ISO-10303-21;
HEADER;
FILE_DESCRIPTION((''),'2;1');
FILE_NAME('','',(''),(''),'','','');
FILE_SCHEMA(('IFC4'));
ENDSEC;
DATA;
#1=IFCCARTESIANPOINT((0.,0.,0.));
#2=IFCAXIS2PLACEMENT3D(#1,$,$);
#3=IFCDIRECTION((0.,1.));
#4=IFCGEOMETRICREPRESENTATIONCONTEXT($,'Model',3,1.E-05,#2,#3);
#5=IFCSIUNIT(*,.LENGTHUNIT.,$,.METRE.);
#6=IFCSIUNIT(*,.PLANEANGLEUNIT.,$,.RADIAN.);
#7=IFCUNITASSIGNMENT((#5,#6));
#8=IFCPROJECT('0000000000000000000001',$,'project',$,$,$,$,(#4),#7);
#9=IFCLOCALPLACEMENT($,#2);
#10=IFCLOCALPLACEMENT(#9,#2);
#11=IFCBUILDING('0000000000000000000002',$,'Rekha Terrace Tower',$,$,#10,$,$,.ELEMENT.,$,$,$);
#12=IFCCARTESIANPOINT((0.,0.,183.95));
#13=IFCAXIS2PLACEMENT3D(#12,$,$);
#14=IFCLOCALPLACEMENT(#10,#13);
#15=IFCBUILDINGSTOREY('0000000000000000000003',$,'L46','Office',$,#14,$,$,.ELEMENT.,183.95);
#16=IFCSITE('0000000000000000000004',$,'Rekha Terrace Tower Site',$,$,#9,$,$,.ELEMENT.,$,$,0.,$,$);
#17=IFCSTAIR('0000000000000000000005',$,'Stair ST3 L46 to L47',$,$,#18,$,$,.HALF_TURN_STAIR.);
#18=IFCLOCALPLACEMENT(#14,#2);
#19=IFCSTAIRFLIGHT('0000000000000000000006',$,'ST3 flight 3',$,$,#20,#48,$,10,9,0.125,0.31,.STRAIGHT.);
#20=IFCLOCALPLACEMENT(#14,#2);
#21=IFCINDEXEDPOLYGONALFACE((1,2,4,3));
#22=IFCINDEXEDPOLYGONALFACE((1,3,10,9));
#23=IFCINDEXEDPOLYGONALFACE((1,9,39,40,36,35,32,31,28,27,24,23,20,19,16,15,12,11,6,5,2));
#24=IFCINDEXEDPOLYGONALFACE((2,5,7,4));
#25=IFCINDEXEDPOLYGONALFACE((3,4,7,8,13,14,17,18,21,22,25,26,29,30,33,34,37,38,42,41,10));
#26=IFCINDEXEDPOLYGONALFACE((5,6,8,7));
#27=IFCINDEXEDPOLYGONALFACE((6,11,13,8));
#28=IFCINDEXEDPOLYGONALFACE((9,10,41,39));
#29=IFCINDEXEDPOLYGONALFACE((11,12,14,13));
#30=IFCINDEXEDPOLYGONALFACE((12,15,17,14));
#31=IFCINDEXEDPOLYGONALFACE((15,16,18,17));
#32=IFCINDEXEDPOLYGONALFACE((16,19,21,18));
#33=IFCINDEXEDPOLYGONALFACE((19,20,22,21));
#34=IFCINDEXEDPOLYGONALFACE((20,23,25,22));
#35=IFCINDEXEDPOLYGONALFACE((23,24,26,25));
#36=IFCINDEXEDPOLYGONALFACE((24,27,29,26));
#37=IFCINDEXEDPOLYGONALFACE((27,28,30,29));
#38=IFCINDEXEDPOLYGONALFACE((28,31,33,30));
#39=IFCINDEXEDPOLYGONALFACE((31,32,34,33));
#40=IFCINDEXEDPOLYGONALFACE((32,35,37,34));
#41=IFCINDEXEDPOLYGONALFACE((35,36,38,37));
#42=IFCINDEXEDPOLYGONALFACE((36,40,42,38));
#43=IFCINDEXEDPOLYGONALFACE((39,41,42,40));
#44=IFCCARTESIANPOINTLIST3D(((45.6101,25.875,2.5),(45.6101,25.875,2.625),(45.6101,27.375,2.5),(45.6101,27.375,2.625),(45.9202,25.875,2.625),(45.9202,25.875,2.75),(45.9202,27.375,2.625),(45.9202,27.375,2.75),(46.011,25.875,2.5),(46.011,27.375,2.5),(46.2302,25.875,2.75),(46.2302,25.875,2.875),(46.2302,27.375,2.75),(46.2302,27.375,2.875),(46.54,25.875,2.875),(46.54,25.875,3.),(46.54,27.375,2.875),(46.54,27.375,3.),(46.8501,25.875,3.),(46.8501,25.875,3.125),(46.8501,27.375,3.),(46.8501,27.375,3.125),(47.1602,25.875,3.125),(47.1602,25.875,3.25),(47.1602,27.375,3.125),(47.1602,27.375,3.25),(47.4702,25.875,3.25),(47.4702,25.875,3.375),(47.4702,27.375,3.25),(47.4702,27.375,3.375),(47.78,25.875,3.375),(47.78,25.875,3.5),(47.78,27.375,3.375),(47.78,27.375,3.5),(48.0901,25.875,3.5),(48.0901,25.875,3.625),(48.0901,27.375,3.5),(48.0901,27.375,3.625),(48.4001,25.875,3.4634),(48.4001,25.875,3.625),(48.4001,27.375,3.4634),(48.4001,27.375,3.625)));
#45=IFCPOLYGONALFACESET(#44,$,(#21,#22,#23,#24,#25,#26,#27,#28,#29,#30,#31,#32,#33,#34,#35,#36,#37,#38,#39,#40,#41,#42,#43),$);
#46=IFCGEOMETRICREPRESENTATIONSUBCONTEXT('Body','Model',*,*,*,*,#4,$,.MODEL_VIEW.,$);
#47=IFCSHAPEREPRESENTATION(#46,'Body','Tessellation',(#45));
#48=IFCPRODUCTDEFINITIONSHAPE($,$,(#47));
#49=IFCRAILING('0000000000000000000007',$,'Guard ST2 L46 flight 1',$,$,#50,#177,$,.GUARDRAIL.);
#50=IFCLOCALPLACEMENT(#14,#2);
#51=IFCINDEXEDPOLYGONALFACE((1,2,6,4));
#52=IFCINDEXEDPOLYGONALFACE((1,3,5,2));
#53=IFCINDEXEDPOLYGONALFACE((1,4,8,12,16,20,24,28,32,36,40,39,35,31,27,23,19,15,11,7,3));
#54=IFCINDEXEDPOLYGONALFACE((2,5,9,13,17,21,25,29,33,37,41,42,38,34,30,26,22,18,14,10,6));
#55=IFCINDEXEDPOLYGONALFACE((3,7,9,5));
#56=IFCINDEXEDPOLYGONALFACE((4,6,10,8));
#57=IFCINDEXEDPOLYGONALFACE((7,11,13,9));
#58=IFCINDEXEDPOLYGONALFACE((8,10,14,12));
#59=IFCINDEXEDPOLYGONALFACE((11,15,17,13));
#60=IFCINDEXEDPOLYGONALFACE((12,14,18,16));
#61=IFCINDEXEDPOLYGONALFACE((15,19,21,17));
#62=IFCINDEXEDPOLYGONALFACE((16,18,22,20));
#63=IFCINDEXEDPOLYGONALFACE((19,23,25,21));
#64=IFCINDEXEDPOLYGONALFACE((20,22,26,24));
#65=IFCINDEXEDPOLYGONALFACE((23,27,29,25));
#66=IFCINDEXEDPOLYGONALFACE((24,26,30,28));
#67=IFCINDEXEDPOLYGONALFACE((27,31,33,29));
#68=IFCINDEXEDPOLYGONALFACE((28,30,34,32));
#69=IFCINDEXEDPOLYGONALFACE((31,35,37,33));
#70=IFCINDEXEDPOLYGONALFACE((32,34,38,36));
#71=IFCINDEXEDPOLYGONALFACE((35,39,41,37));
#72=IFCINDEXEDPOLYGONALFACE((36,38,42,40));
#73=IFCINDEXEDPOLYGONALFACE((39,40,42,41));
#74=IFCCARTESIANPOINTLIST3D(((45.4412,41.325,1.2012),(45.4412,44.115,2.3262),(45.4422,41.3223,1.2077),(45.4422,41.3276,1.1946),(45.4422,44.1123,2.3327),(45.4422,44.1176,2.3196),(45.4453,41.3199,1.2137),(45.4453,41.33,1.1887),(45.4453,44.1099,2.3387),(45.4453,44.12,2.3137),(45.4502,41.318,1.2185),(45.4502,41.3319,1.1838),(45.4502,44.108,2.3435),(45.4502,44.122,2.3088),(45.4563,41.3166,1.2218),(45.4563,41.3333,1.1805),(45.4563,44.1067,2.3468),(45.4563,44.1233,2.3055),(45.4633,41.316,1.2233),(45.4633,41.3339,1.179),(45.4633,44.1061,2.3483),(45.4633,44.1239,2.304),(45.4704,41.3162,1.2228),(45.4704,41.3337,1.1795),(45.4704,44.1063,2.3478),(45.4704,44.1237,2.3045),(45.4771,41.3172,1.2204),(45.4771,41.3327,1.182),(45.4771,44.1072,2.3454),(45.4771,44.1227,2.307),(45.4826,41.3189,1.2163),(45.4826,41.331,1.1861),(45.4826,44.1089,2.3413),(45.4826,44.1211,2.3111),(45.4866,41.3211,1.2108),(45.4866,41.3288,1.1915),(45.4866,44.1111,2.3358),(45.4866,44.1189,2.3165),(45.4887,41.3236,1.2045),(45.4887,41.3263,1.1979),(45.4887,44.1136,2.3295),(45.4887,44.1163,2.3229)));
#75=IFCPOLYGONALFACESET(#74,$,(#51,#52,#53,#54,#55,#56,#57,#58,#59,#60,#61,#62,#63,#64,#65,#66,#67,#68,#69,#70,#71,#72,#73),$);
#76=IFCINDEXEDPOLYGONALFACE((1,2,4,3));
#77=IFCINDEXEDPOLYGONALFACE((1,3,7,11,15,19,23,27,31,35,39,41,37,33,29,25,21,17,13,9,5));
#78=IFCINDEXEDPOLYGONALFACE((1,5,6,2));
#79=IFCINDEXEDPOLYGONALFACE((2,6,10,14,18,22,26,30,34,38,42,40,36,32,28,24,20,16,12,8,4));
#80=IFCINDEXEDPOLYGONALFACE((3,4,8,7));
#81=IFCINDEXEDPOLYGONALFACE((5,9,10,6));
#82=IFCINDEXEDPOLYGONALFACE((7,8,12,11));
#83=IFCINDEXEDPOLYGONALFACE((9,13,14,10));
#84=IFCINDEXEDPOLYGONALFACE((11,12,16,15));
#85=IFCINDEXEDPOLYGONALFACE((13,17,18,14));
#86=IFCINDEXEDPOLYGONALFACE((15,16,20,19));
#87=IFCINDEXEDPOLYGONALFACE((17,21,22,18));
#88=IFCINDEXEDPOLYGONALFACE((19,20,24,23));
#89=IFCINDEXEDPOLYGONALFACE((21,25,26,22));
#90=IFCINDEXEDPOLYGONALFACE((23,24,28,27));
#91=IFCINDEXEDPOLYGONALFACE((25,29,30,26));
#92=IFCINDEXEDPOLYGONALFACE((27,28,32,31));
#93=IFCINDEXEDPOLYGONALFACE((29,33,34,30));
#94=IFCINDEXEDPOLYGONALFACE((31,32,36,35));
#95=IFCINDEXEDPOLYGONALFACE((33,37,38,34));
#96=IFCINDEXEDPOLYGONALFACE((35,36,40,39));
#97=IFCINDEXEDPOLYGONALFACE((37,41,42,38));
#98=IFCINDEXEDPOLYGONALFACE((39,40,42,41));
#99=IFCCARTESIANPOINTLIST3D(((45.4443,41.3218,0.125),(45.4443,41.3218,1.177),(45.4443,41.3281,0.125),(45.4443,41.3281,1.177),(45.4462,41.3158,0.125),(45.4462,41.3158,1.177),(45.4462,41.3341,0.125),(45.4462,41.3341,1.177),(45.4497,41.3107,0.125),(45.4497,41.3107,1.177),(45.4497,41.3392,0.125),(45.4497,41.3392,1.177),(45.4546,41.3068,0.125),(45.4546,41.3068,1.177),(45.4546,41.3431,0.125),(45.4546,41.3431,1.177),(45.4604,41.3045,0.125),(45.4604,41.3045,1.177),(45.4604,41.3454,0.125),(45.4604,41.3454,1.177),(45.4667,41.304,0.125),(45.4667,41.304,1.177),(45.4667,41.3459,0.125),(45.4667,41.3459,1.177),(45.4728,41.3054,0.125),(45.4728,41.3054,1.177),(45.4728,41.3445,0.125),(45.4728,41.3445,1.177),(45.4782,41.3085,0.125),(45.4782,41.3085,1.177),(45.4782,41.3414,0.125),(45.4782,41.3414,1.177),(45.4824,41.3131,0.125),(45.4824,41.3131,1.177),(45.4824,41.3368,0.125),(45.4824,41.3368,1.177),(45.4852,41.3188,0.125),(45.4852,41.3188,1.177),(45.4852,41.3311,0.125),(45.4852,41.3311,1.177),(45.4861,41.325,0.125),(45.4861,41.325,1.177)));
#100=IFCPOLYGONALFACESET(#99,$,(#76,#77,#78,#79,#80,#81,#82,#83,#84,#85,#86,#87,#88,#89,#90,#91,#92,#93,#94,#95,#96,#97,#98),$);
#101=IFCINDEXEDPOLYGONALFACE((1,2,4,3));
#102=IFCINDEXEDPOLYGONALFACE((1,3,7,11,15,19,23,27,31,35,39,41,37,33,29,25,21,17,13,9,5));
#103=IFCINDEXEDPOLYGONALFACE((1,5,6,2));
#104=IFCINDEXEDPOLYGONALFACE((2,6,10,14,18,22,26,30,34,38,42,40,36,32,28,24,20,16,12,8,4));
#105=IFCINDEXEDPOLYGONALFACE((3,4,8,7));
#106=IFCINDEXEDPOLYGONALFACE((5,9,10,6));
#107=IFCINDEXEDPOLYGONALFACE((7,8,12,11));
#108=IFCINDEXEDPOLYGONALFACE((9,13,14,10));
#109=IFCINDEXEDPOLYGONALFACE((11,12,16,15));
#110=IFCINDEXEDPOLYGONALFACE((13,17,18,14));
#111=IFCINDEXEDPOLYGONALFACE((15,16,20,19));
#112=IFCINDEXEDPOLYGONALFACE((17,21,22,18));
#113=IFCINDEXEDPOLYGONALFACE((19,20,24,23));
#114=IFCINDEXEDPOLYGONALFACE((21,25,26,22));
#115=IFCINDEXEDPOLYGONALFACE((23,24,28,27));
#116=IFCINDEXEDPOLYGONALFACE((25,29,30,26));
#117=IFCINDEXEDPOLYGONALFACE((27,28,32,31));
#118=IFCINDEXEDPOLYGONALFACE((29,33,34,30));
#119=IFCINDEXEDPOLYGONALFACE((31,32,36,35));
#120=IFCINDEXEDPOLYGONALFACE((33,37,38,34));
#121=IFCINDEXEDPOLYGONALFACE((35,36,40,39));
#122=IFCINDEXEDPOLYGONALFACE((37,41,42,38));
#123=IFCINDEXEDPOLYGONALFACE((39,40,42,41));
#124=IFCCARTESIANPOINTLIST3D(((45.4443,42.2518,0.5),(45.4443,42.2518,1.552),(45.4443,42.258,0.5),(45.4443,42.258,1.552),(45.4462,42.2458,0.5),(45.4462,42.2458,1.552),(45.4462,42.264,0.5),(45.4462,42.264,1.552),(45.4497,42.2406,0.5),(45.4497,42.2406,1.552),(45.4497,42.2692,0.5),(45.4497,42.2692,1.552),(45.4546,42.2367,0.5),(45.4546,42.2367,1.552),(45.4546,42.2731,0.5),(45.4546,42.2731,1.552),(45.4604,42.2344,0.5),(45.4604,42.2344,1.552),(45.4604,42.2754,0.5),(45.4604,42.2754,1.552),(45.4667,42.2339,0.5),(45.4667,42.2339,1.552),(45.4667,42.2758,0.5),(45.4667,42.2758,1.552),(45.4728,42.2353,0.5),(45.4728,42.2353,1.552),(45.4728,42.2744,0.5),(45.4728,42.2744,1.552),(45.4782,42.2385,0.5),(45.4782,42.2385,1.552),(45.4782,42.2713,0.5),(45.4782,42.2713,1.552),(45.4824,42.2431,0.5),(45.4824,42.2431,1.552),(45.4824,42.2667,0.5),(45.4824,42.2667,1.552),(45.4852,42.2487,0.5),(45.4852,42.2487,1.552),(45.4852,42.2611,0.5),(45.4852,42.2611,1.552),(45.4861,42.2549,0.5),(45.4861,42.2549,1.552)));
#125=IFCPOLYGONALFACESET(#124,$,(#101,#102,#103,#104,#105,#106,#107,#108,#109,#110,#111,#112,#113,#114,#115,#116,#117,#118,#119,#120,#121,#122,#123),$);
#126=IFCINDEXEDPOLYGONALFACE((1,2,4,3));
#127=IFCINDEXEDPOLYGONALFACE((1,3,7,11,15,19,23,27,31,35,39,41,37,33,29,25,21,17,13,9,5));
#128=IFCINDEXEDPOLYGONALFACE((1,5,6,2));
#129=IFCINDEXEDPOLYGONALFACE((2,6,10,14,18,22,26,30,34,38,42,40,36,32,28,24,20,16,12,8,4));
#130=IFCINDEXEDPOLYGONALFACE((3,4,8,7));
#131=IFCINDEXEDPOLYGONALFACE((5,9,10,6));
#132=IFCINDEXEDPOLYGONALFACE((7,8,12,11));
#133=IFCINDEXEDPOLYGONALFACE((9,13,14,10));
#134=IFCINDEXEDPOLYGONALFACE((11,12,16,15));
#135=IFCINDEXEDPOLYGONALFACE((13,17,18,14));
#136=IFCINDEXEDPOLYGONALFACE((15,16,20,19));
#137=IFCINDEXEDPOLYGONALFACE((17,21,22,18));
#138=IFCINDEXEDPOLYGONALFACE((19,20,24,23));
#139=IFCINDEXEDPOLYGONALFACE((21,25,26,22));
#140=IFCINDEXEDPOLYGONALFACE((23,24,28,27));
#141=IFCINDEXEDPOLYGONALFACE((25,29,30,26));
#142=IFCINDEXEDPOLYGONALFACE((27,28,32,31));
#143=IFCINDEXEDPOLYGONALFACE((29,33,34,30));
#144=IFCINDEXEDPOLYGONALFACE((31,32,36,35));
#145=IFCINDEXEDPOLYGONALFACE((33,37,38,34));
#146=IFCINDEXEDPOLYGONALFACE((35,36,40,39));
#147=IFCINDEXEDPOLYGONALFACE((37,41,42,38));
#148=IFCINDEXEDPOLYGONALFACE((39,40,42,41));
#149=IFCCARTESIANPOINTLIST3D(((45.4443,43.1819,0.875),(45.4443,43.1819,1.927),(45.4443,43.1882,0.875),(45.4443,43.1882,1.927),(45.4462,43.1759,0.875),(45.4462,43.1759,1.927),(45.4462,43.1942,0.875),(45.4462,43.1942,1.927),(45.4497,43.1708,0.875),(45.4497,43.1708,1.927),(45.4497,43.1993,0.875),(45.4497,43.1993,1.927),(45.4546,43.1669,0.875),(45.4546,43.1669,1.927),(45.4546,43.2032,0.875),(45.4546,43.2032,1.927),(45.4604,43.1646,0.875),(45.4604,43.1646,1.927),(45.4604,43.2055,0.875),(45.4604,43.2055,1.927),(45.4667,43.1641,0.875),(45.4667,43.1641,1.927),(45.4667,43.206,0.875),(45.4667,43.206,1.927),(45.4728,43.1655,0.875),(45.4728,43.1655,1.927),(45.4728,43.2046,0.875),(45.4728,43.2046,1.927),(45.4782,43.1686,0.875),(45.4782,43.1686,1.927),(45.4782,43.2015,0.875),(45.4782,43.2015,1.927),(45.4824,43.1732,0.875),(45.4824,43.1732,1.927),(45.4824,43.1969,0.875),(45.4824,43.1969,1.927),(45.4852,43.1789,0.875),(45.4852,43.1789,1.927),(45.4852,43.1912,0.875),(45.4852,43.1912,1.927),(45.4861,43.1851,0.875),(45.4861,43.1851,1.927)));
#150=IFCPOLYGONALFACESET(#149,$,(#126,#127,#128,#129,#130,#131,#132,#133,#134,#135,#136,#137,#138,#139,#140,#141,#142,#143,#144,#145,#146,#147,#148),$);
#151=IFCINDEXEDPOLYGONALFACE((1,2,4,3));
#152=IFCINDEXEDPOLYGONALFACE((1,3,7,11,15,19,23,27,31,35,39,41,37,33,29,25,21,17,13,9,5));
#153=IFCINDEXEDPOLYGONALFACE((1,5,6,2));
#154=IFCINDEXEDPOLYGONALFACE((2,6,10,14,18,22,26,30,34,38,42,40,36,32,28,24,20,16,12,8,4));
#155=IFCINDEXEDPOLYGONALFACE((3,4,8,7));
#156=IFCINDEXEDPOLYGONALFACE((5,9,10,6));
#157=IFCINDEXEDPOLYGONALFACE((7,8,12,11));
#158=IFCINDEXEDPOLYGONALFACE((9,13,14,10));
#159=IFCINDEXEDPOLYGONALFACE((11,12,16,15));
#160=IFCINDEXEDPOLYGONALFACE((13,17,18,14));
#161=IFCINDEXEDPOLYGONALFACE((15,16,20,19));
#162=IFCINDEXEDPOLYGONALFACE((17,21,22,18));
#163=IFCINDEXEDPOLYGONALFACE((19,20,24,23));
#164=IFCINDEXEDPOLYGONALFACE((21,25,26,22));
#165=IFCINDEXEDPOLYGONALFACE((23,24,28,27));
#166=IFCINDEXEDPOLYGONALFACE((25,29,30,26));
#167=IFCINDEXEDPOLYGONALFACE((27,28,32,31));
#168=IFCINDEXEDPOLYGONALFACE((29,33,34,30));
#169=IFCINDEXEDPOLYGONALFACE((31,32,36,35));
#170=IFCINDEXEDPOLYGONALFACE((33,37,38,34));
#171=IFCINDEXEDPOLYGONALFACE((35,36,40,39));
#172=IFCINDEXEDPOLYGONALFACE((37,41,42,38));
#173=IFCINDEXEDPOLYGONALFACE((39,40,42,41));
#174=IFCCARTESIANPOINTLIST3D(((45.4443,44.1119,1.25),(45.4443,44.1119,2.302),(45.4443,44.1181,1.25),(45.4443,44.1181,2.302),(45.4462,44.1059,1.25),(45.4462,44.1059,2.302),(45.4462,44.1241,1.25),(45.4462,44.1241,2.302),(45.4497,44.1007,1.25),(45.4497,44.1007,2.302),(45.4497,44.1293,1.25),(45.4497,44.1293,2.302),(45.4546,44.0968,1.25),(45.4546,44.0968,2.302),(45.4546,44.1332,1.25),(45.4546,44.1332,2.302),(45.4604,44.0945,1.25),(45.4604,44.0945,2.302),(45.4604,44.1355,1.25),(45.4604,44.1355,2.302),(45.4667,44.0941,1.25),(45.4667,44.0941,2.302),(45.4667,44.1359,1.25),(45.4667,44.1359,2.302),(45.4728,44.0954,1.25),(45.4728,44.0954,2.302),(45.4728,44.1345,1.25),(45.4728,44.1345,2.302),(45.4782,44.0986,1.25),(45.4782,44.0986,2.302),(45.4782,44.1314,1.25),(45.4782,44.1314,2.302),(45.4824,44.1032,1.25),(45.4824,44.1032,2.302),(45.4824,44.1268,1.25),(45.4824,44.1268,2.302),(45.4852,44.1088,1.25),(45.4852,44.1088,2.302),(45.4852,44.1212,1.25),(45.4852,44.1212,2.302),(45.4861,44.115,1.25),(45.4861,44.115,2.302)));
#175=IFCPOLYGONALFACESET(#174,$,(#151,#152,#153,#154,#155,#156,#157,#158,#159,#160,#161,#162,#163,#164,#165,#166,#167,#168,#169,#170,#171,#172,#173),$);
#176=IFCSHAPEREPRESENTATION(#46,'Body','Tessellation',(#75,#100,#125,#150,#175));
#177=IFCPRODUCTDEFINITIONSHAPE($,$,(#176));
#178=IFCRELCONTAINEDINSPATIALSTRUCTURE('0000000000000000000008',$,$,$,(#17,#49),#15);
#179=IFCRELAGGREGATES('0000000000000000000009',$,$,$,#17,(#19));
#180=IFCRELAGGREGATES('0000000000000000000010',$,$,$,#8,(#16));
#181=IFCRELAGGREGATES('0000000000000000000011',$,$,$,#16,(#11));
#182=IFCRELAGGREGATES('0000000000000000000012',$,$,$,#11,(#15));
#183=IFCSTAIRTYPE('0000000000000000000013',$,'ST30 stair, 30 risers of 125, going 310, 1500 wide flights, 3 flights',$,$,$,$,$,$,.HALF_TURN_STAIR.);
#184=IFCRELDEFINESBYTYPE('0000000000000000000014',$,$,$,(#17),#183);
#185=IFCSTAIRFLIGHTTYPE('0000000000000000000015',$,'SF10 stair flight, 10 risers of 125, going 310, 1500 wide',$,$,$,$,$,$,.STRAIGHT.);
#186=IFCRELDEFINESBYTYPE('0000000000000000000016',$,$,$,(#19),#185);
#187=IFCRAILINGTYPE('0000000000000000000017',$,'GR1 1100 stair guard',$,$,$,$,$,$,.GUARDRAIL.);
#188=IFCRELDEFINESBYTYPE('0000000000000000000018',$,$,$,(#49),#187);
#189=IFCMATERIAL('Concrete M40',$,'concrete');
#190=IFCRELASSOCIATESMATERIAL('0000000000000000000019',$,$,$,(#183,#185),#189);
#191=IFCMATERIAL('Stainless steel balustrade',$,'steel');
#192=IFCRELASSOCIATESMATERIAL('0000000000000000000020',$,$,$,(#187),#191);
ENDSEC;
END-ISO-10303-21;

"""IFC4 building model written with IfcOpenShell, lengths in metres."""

from ifc_helpers import new_model, si_unit, direction, frame, origin, origin_2d, place, context, subcontext, project, spatial, polyline, circle, outline, extrude, material, type_object, element, aggregate, save


model = new_model("IFC4")

# Units and contexts
model_context = context("Model", 3, precision=1e-05, world=origin(), true_north=direction((0.0, 1.0)))
body_context = subcontext(model_context, "Body", "Model", "MODEL_VIEW")
ifc_project = project(units=[si_unit("LENGTHUNIT", "METRE"), si_unit("PLANEANGLEUNIT", "RADIAN")], contexts=[model_context])

# Site, building, storey
site_placement = place(None, origin())
site = spatial("IfcSite", under=ifc_project, at=site_placement, Name="Rekha Terrace Tower Site", CompositionType="ELEMENT", RefElevation=0.0)
building_placement = place(site_placement, origin())
building = spatial("IfcBuilding", under=site, at=building_placement, Name="Rekha Terrace Tower", CompositionType="ELEMENT")
storey_placement = place(building_placement, frame((0.0, 0.0, 183.95)))
storey = spatial("IfcBuildingStorey", under=building, at=storey_placement, Name="L46", Description="Office", CompositionType="ELEMENT", Elevation=183.95)

# Shared definitions
ifc_material_1 = material(Name="Concrete M40", Category="concrete")
stair_type = type_object("IfcStairType", Name="ST30 stair, 30 risers of 125, going 310, 1500 wide flights, 3 flights", PredefinedType="HALF_TURN_STAIR", material=ifc_material_1)
stair_flight_type = type_object("IfcStairFlightType", Name="SF10 stair flight, 10 risers of 125, going 310, 1500 wide", PredefinedType="STRAIGHT", material=ifc_material_1)

# Stair, stair flight
stair_1_placement = place(storey_placement, origin())
stair_1 = element("IfcStair", 1, at=stair_1_placement, inside=storey, type_object=stair_type, Name="Stair ST3 L46 to L47", PredefinedType="HALF_TURN_STAIR")
stair_flight_1_placement = place(storey_placement, frame((45.6101, 26.625, 2.5), z_axis=(0.0, 0.0, 1.0), x_axis=(1.0, 0.0, 0.0)))
stair_flight_1 = element("IfcStairFlight", 2, at=stair_flight_1_placement, type_object=stair_flight_type, Name="ST3 flight 3", NumberOfRisers=10, NumberOfTreads=9, PredefinedType="STRAIGHT", RiserHeight=0.125, TreadLength=0.31, context=body_context, shape_type="SweptSolid", body=[
    extrude(outline(polyline([(0.0, 0.0), (0.0, 0.125), (0.3101, 0.125), (0.3101, 0.25), (0.6201, 0.25), (0.6201, 0.375), (0.9299, 0.375), (0.9299, 0.5), (1.24, 0.5), (1.24, 0.625), (1.55, 0.625), (1.55, 0.75), (1.8601, 0.75), (1.8601, 0.875), (2.1699, 0.875), (2.1699, 1.0), (2.48, 1.0), (2.48, 1.125), (2.79, 1.125), (2.79, 1.25), (2.79, 0.9634), (0.4009, 0.0), (0.0, 0.0)])), frame((0.0, 0.75, 0.0), z_axis=(0.0, -1.0, 0.0), x_axis=(1.0, 0.0, 0.0)), (0.0, 0.0, 1.0), 1.5),
])
aggregate(stair_1, [stair_flight_1])

# Railing
ifc_material_2 = material(Name="Stainless steel balustrade", Category="steel")
railing_type_1 = type_object("IfcRailingType", Name="GR1 1100 stair guard", PredefinedType="GUARDRAIL", material=ifc_material_2)
railing_1_placement = place(storey_placement, frame((45.4651, 41.325, 0.125)))
element("IfcRailing", 3, at=railing_1_placement, inside=storey, type_object=railing_type_1, Name="Guard ST2 L46 flight 1", PredefinedType="GUARDRAIL", context=body_context, shape_type="SweptSolid", body=[
    extrude(circle(Radius=0.0239, at=origin_2d()), frame((0.0, 0.0, 1.0762), z_axis=(0.0, 0.927443, 0.373964), x_axis=(-1.0, 0.0, 0.0)), (0.0, 0.0, 1.0), 3.0083),
    extrude(circle(Radius=0.021, at=origin_2d()), origin(), (0.0, 0.0, 1.0), 1.052),
    extrude(circle(Radius=0.021, at=origin_2d()), frame((0.0, 0.9299, 0.375)), (0.0, 0.0, 1.0), 1.052),
    extrude(circle(Radius=0.021, at=origin_2d()), frame((0.0, 1.8601, 0.75)), (0.0, 0.0, 1.0), 1.052),
    extrude(circle(Radius=0.021, at=origin_2d()), frame((0.0, 2.79, 1.125)), (0.0, 0.0, 1.0), 1.052),
])

save(model, "model.ifc")
